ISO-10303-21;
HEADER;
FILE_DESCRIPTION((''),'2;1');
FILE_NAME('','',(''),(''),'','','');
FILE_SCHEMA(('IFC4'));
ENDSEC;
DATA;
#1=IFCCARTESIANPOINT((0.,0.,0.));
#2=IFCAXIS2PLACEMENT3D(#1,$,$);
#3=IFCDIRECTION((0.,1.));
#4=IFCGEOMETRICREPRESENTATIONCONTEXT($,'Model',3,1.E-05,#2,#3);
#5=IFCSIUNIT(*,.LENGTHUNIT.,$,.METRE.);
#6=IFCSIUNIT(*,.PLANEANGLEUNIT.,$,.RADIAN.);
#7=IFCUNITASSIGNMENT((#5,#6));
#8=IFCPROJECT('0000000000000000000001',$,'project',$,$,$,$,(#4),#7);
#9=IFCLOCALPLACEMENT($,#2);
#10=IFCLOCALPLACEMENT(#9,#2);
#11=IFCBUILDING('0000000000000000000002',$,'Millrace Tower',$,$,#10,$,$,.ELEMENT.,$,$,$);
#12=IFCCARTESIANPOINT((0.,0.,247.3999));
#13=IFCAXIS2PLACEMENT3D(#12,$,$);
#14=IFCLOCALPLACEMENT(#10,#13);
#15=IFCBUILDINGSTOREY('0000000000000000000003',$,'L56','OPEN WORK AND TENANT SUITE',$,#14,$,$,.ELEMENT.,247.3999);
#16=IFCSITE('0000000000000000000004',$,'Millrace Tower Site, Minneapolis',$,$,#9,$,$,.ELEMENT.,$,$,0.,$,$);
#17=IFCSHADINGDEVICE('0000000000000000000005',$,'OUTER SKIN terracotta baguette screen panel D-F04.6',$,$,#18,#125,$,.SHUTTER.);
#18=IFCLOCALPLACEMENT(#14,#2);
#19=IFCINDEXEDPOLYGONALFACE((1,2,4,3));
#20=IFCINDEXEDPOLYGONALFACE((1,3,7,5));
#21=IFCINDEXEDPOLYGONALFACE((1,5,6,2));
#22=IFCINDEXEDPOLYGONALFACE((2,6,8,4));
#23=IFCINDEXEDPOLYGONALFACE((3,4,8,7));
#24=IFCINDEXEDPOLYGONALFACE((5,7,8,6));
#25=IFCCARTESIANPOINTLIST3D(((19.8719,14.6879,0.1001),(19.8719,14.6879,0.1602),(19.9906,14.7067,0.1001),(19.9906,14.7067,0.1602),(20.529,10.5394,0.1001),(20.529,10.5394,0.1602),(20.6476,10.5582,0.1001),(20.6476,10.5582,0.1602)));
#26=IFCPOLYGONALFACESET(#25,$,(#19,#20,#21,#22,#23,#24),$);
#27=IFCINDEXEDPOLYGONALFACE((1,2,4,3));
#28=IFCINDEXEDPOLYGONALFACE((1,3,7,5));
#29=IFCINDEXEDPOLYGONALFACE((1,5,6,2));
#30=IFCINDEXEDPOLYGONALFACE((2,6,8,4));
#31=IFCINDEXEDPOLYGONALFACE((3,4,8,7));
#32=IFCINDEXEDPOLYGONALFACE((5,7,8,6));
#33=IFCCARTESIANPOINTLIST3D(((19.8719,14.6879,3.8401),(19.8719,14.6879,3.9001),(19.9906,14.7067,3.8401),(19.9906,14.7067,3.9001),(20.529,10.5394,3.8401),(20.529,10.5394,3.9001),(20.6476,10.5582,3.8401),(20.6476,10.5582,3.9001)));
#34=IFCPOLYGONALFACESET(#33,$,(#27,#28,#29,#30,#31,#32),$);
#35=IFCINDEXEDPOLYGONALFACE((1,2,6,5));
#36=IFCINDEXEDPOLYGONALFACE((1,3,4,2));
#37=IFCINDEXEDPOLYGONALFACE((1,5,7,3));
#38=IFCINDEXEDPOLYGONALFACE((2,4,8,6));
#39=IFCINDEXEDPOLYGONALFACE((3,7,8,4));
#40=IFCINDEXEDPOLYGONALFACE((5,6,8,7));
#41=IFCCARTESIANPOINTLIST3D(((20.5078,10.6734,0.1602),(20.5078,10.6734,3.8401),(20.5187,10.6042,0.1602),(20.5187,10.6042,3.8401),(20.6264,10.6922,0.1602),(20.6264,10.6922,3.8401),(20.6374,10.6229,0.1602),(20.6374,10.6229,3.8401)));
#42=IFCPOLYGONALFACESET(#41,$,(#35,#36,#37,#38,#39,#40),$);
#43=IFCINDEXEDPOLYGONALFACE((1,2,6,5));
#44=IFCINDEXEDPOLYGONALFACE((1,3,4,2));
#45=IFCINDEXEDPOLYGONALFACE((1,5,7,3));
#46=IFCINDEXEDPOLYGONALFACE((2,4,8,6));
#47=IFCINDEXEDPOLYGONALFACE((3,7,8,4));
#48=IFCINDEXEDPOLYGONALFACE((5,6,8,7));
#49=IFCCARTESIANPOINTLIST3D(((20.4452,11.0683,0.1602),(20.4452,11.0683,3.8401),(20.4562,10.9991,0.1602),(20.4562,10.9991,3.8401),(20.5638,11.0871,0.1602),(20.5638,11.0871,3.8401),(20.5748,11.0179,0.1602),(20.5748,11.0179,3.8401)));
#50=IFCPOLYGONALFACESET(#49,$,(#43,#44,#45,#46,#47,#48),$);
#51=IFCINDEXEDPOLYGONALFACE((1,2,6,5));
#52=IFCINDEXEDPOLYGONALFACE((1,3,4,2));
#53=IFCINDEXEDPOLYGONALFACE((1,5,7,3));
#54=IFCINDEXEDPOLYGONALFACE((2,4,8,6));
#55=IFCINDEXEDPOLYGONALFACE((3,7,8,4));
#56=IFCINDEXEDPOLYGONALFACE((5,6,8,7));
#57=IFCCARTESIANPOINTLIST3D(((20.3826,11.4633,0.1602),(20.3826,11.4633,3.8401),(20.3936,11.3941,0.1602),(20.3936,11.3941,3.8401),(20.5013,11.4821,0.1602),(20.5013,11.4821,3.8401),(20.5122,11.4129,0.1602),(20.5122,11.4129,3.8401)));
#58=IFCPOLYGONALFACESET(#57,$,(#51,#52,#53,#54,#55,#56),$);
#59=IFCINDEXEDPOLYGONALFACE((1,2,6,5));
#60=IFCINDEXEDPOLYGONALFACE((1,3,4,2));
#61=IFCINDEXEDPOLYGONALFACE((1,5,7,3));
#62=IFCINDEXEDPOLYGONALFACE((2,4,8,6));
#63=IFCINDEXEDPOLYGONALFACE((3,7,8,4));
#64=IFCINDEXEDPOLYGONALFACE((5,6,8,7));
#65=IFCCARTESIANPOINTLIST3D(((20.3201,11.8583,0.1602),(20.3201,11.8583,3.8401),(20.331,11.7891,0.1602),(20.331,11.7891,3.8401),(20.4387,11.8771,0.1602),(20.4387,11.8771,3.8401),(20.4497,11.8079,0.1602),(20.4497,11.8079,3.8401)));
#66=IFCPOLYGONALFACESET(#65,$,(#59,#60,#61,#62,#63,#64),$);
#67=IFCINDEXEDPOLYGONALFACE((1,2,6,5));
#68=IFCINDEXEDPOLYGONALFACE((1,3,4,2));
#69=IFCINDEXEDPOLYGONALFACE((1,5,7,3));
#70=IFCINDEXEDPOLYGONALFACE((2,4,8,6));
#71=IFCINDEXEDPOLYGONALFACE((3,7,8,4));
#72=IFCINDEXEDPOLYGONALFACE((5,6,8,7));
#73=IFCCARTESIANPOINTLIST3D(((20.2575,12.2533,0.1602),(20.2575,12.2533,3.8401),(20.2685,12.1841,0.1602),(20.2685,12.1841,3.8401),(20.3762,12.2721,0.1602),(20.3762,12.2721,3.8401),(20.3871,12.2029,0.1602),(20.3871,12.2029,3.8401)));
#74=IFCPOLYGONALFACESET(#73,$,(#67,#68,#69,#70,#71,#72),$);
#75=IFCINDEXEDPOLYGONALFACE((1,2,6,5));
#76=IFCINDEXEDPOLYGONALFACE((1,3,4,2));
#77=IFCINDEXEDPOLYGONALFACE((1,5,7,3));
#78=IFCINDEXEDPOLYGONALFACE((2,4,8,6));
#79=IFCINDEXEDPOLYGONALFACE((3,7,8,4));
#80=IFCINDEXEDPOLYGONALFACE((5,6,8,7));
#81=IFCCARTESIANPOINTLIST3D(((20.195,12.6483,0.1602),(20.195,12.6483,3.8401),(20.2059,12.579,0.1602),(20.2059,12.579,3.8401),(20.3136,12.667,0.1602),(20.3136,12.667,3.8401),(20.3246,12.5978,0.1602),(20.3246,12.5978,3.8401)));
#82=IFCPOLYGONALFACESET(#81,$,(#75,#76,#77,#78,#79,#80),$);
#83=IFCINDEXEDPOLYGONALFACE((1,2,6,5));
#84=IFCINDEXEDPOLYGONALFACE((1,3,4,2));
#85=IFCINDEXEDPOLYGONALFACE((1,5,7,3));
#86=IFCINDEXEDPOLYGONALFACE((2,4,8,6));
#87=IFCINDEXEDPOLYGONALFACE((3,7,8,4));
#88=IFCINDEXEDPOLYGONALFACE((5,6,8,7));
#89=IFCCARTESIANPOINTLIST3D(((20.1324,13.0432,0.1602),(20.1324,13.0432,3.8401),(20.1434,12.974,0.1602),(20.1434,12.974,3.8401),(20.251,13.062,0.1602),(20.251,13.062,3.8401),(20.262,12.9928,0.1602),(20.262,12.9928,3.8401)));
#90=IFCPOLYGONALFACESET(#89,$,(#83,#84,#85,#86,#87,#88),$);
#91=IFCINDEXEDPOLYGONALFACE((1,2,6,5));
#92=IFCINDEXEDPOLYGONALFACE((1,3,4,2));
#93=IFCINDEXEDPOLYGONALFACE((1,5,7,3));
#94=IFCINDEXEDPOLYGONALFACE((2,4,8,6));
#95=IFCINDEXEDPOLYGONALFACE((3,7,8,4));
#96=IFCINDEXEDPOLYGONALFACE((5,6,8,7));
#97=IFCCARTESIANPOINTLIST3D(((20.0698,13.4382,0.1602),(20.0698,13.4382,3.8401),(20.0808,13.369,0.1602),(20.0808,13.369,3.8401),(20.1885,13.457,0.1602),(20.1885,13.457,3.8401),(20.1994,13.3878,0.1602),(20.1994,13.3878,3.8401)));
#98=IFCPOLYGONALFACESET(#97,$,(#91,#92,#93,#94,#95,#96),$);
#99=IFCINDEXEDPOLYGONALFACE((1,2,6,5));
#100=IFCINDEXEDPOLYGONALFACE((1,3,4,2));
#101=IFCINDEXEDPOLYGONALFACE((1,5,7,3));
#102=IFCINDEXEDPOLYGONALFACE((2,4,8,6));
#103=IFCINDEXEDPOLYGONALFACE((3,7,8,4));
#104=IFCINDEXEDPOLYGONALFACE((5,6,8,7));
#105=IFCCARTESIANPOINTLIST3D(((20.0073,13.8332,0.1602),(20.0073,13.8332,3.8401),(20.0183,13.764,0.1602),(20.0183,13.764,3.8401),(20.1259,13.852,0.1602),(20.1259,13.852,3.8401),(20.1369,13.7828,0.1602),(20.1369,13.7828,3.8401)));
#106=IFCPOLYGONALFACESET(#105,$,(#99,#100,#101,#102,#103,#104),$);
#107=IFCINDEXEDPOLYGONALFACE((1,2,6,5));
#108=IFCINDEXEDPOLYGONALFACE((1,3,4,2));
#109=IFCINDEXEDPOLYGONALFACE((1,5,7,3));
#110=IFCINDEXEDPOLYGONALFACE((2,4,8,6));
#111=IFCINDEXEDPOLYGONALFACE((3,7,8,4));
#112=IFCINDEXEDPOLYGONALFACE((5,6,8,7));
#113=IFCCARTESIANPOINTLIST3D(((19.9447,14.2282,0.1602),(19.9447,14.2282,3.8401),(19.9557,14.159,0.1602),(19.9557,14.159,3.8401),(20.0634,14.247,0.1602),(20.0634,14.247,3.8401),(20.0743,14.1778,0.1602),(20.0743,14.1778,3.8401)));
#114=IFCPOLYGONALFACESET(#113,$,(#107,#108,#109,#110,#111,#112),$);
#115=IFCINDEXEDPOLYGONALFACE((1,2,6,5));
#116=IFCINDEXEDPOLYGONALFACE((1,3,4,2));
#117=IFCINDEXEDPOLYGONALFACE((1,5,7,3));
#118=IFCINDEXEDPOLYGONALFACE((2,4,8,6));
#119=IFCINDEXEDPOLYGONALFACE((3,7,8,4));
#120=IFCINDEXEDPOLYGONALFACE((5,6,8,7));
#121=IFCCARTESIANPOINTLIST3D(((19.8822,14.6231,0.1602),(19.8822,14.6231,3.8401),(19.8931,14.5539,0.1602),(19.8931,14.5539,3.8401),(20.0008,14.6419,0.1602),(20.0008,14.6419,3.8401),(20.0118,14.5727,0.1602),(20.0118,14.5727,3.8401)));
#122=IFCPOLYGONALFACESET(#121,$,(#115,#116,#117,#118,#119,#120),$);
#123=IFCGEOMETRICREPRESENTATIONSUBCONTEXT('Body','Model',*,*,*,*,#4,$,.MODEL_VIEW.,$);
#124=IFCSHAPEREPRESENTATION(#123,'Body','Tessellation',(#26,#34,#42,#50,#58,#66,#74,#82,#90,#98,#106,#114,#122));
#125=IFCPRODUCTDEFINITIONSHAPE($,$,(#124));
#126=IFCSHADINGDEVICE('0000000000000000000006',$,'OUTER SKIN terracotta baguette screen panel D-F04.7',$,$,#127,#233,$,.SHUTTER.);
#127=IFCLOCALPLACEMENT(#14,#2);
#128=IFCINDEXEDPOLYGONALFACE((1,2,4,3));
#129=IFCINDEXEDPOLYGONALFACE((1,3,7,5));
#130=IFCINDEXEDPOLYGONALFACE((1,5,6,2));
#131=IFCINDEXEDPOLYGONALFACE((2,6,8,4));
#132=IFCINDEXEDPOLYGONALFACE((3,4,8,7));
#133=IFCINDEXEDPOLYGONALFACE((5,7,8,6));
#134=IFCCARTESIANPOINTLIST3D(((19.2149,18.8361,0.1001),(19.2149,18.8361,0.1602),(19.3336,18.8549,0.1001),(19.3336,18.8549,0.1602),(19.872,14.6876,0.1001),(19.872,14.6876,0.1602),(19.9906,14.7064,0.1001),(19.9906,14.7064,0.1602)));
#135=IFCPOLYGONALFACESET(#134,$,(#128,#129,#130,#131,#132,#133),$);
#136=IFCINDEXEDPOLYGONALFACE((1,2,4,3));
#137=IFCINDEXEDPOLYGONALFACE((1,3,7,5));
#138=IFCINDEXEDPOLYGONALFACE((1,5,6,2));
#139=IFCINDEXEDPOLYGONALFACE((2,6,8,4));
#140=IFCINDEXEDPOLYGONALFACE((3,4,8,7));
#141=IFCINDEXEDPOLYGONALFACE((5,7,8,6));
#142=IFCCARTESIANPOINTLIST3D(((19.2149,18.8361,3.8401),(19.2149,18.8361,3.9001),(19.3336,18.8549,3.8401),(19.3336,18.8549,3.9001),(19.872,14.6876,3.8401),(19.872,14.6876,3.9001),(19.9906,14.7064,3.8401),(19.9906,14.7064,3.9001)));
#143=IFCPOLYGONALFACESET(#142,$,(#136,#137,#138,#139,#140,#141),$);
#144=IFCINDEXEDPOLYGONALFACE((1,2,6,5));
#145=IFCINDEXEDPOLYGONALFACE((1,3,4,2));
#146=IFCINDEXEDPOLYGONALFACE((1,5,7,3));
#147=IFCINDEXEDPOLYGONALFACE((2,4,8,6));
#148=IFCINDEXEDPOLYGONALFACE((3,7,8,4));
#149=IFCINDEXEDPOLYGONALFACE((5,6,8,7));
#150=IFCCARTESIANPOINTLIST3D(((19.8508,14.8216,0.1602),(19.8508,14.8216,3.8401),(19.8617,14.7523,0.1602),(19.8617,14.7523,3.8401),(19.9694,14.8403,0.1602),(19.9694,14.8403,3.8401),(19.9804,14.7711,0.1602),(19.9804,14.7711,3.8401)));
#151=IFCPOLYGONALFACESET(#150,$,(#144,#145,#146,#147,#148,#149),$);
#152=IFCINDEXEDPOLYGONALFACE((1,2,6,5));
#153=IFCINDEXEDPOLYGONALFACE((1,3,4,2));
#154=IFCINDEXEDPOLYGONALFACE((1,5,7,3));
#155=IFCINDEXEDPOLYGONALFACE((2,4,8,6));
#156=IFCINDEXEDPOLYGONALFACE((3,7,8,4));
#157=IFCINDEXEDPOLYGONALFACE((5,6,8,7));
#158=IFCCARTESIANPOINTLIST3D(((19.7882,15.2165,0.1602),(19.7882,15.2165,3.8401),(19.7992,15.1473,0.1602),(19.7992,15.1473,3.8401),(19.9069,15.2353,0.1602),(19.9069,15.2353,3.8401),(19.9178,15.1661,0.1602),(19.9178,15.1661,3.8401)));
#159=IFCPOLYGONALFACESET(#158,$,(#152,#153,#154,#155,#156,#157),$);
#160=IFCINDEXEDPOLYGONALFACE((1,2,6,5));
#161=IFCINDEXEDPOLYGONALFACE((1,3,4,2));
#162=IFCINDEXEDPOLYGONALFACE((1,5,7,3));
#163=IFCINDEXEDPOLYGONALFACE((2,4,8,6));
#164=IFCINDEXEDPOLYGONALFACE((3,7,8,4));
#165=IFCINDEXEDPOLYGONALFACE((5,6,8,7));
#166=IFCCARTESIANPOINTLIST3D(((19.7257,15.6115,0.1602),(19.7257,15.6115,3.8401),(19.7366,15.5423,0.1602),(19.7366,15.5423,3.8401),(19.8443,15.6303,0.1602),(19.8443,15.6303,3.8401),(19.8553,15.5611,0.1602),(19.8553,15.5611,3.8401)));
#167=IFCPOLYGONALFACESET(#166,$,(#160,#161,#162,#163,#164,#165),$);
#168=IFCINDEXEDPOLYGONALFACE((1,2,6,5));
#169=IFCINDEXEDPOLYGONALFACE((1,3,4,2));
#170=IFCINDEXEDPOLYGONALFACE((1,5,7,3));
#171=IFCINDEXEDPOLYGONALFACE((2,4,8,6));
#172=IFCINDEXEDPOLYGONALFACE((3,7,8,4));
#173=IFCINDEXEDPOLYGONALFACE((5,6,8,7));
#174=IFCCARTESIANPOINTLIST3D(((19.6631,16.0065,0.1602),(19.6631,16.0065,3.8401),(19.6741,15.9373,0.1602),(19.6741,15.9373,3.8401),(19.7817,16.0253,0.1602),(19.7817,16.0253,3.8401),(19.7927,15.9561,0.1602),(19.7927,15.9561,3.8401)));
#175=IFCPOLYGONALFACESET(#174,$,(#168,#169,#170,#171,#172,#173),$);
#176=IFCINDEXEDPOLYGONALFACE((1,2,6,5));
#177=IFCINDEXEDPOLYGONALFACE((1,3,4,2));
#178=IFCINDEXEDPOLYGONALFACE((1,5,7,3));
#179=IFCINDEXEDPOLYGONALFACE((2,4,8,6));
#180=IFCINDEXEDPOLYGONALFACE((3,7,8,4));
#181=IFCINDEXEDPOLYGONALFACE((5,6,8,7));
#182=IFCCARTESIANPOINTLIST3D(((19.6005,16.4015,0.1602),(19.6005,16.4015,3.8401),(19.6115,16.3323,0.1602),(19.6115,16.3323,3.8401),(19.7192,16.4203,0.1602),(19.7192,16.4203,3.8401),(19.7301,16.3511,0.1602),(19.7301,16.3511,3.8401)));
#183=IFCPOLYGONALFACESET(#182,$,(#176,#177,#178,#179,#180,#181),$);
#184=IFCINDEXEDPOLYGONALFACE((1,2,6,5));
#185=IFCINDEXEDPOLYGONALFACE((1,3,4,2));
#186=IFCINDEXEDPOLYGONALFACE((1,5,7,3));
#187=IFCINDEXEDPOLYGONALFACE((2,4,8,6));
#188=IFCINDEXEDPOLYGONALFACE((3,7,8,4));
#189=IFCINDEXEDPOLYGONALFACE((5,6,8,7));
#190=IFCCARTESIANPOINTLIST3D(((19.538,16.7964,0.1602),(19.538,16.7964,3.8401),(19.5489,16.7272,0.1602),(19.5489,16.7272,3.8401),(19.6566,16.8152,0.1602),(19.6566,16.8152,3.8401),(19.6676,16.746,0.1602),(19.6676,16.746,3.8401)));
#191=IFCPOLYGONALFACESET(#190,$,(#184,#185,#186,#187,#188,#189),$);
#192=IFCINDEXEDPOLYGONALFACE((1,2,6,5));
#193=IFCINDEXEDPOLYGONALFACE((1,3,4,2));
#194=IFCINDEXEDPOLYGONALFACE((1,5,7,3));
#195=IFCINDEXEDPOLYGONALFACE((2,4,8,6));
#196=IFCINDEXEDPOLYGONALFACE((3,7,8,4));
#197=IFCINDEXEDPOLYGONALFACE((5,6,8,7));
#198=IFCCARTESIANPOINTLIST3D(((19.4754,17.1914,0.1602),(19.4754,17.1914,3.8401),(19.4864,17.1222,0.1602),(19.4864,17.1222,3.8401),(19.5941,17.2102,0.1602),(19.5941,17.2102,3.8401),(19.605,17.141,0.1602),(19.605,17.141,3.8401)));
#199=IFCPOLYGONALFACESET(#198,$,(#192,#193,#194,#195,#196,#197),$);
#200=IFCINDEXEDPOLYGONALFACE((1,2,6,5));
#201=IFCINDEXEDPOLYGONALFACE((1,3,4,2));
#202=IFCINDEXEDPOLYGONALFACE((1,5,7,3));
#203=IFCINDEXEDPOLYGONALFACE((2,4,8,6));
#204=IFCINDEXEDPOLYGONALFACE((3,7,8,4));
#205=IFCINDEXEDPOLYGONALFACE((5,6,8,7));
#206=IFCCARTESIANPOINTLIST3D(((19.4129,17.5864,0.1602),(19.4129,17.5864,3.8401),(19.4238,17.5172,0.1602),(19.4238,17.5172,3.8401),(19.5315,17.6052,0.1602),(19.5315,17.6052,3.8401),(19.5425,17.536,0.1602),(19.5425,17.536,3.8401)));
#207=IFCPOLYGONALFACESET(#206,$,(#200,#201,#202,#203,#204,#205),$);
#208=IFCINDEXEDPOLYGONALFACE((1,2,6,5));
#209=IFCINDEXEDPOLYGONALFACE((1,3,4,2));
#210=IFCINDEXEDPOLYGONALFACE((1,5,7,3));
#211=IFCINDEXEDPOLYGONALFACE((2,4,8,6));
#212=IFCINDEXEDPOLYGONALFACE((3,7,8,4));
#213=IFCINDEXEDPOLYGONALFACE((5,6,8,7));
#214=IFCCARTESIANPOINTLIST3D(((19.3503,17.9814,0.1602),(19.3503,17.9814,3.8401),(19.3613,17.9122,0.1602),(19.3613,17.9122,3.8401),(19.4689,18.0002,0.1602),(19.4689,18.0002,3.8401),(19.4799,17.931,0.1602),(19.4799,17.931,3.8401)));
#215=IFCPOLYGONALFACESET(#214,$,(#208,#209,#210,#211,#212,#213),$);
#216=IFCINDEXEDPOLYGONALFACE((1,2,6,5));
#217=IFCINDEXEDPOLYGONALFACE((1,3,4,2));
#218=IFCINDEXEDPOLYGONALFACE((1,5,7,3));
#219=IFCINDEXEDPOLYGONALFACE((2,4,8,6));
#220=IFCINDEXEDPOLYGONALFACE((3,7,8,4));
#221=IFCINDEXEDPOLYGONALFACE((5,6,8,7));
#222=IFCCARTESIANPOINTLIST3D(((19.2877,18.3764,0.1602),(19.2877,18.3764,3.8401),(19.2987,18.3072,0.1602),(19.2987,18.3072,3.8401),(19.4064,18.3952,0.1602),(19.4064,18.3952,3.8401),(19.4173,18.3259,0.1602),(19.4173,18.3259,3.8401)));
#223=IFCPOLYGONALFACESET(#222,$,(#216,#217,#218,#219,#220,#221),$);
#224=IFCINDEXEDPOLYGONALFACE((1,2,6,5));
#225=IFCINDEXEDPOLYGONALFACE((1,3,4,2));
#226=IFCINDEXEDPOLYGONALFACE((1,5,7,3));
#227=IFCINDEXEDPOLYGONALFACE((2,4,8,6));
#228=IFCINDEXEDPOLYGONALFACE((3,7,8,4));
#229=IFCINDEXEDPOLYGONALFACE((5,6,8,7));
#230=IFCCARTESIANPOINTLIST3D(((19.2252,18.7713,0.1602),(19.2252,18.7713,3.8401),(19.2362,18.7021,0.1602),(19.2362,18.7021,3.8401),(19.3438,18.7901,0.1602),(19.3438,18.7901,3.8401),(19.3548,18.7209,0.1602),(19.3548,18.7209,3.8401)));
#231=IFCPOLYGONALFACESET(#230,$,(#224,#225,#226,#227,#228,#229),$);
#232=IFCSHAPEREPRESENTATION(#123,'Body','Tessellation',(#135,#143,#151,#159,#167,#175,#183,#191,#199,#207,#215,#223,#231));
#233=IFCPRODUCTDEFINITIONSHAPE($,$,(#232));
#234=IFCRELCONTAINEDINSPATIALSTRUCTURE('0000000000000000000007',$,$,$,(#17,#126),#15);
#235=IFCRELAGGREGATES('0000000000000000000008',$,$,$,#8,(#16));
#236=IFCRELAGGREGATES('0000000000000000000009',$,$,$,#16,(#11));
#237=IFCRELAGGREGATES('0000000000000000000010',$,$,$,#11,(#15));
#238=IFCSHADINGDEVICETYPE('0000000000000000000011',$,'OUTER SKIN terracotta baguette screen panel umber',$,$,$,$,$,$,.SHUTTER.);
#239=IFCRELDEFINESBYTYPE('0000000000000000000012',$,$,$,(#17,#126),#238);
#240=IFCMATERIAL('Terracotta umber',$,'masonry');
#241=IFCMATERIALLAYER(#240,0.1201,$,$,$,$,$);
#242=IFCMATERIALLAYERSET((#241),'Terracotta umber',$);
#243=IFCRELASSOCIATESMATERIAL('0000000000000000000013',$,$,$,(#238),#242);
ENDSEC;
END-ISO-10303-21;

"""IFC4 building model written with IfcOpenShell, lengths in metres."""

from ifc_helpers import new_model, entity, si_unit, direction, frame, frame_2d, origin, origin_2d, place, context, subcontext, project, spatial, rectangle, extrude, source, transform, mapped, material, layer, layer_set, type_object, element, save


model = new_model("IFC4")

# Units and contexts
model_context = context("Model", 3, precision=1e-05, world=origin(), true_north=direction((0.0, 1.0)))
body_context = subcontext(model_context, "Body", "Model", "MODEL_VIEW")
ifc_project = project(units=[si_unit("LENGTHUNIT", "METRE"), si_unit("PLANEANGLEUNIT", "RADIAN")], contexts=[model_context])

# Site, building, storey
site_placement = place(None, origin())
site = spatial("IfcSite", under=ifc_project, at=site_placement, Name="Millrace Tower Site, Minneapolis", CompositionType="ELEMENT", RefElevation=0.0)
building_placement = place(site_placement, origin())
building = spatial("IfcBuilding", under=site, at=building_placement, Name="Millrace Tower", CompositionType="ELEMENT")
storey_placement = place(building_placement, frame((0.0, 0.0, 247.3999)))
storey = spatial("IfcBuildingStorey", under=building, at=storey_placement, Name="L56", Description="OPEN WORK AND TENANT SUITE", CompositionType="ELEMENT", Elevation=247.3999)

# Shading devices
ifc_material_1 = material(Name="Terracotta umber", Category="masonry")
ifc_layer_1 = layer(ifc_material_1, 0.1201)
ifc_layer_set_1 = layer_set([ifc_layer_1], Name="Terracotta umber")
shading_device_type = type_object("IfcShadingDeviceType", Name="OUTER SKIN terracotta baguette screen panel umber", PredefinedType="SHUTTER", material=ifc_layer_set_1)
cartesian_point_1 = entity("IfcCartesianPoint", [-2.1001, 0.0601])
shared_polyline_1 = entity("IfcPolyline", [cartesian_point_1, entity("IfcCartesianPoint", [2.1001, 0.0601]), entity("IfcCartesianPoint", [2.1001, -0.0601]), entity("IfcCartesianPoint", [-2.1001, -0.0601]), cartesian_point_1])
shared_shape_1 = source(origin(), body_context, "Body", "SweptSolid", [
    entity("IfcExtrudedAreaSolid", entity("IfcArbitraryClosedProfileDef", "AREA", None, shared_polyline_1), entity("IfcAxis2Placement3D", entity("IfcCartesianPoint", [0.0, 0.0, 0.0])), entity("IfcDirection", [0.0, 0.0, 1.0]), 0.0601),
    entity("IfcExtrudedAreaSolid", entity("IfcArbitraryClosedProfileDef", "AREA", None, shared_polyline_1), entity("IfcAxis2Placement3D", entity("IfcCartesianPoint", [0.0, 0.0, 3.74])), entity("IfcDirection", [0.0, 0.0, 1.0]), 0.0601),
    extrude(rectangle(XDim=0.0701, YDim=0.1201, at=frame_2d((-1.9995, 0.0))), frame((0.0, 0.0, 0.0601)), (0.0, 0.0, 1.0), 3.6799),
    extrude(rectangle(XDim=0.0701, YDim=0.1201, at=frame_2d((-1.5996, 0.0))), frame((0.0, 0.0, 0.0601)), (0.0, 0.0, 1.0), 3.6799),
    extrude(rectangle(XDim=0.0701, YDim=0.1201, at=frame_2d((-1.1997, 0.0))), frame((0.0, 0.0, 0.0601)), (0.0, 0.0, 1.0), 3.6799),
    extrude(rectangle(XDim=0.0701, YDim=0.1201, at=frame_2d((-0.7998, 0.0))), frame((0.0, 0.0, 0.0601)), (0.0, 0.0, 1.0), 3.6799),
    extrude(rectangle(XDim=0.0701, YDim=0.1201, at=frame_2d((-0.3999, 0.0))), frame((0.0, 0.0, 0.0601)), (0.0, 0.0, 1.0), 3.6799),
    extrude(rectangle(XDim=0.0701, YDim=0.1201, at=origin_2d()), frame((0.0, 0.0, 0.0601)), (0.0, 0.0, 1.0), 3.6799),
    extrude(rectangle(XDim=0.0701, YDim=0.1201, at=frame_2d((0.3999, 0.0))), frame((0.0, 0.0, 0.0601)), (0.0, 0.0, 1.0), 3.6799),
    extrude(rectangle(XDim=0.0701, YDim=0.1201, at=frame_2d((0.7998, 0.0))), frame((0.0, 0.0, 0.0601)), (0.0, 0.0, 1.0), 3.6799),
    extrude(rectangle(XDim=0.0701, YDim=0.1201, at=frame_2d((1.1997, 0.0))), frame((0.0, 0.0, 0.0601)), (0.0, 0.0, 1.0), 3.6799),
    extrude(rectangle(XDim=0.0701, YDim=0.1201, at=frame_2d((1.5996, 0.0))), frame((0.0, 0.0, 0.0601)), (0.0, 0.0, 1.0), 3.6799),
    extrude(rectangle(XDim=0.0701, YDim=0.1201, at=frame_2d((1.9995, 0.0))), frame((0.0, 0.0, 0.0601)), (0.0, 0.0, 1.0), 3.6799),
])
for number, where, z_axis, x_axis, name in (
    (1, (20.2598, 12.623, 0.1001), (0.0, 0.0, 1.0), (-0.156434, 0.987688, 0.0), "OUTER SKIN terracotta baguette screen panel D-F04.6"),
    (2, (19.6028, 16.7712, 0.1001), (0.0, 0.0, 1.0), (-0.156434, 0.987688, 0.0), "OUTER SKIN terracotta baguette screen panel D-F04.7"),
):
    element("IfcShadingDevice", number, at=place(storey_placement, frame(where, z_axis=z_axis, x_axis=x_axis)), inside=storey, type_object=shading_device_type, Name=name, PredefinedType="SHUTTER", context=body_context, shape_type="MappedRepresentation", body=[
        mapped(shared_shape_1, transform((0.0, 0.0, 0.0), scale=1.0)),
    ])

save(model, "model.ifc")
